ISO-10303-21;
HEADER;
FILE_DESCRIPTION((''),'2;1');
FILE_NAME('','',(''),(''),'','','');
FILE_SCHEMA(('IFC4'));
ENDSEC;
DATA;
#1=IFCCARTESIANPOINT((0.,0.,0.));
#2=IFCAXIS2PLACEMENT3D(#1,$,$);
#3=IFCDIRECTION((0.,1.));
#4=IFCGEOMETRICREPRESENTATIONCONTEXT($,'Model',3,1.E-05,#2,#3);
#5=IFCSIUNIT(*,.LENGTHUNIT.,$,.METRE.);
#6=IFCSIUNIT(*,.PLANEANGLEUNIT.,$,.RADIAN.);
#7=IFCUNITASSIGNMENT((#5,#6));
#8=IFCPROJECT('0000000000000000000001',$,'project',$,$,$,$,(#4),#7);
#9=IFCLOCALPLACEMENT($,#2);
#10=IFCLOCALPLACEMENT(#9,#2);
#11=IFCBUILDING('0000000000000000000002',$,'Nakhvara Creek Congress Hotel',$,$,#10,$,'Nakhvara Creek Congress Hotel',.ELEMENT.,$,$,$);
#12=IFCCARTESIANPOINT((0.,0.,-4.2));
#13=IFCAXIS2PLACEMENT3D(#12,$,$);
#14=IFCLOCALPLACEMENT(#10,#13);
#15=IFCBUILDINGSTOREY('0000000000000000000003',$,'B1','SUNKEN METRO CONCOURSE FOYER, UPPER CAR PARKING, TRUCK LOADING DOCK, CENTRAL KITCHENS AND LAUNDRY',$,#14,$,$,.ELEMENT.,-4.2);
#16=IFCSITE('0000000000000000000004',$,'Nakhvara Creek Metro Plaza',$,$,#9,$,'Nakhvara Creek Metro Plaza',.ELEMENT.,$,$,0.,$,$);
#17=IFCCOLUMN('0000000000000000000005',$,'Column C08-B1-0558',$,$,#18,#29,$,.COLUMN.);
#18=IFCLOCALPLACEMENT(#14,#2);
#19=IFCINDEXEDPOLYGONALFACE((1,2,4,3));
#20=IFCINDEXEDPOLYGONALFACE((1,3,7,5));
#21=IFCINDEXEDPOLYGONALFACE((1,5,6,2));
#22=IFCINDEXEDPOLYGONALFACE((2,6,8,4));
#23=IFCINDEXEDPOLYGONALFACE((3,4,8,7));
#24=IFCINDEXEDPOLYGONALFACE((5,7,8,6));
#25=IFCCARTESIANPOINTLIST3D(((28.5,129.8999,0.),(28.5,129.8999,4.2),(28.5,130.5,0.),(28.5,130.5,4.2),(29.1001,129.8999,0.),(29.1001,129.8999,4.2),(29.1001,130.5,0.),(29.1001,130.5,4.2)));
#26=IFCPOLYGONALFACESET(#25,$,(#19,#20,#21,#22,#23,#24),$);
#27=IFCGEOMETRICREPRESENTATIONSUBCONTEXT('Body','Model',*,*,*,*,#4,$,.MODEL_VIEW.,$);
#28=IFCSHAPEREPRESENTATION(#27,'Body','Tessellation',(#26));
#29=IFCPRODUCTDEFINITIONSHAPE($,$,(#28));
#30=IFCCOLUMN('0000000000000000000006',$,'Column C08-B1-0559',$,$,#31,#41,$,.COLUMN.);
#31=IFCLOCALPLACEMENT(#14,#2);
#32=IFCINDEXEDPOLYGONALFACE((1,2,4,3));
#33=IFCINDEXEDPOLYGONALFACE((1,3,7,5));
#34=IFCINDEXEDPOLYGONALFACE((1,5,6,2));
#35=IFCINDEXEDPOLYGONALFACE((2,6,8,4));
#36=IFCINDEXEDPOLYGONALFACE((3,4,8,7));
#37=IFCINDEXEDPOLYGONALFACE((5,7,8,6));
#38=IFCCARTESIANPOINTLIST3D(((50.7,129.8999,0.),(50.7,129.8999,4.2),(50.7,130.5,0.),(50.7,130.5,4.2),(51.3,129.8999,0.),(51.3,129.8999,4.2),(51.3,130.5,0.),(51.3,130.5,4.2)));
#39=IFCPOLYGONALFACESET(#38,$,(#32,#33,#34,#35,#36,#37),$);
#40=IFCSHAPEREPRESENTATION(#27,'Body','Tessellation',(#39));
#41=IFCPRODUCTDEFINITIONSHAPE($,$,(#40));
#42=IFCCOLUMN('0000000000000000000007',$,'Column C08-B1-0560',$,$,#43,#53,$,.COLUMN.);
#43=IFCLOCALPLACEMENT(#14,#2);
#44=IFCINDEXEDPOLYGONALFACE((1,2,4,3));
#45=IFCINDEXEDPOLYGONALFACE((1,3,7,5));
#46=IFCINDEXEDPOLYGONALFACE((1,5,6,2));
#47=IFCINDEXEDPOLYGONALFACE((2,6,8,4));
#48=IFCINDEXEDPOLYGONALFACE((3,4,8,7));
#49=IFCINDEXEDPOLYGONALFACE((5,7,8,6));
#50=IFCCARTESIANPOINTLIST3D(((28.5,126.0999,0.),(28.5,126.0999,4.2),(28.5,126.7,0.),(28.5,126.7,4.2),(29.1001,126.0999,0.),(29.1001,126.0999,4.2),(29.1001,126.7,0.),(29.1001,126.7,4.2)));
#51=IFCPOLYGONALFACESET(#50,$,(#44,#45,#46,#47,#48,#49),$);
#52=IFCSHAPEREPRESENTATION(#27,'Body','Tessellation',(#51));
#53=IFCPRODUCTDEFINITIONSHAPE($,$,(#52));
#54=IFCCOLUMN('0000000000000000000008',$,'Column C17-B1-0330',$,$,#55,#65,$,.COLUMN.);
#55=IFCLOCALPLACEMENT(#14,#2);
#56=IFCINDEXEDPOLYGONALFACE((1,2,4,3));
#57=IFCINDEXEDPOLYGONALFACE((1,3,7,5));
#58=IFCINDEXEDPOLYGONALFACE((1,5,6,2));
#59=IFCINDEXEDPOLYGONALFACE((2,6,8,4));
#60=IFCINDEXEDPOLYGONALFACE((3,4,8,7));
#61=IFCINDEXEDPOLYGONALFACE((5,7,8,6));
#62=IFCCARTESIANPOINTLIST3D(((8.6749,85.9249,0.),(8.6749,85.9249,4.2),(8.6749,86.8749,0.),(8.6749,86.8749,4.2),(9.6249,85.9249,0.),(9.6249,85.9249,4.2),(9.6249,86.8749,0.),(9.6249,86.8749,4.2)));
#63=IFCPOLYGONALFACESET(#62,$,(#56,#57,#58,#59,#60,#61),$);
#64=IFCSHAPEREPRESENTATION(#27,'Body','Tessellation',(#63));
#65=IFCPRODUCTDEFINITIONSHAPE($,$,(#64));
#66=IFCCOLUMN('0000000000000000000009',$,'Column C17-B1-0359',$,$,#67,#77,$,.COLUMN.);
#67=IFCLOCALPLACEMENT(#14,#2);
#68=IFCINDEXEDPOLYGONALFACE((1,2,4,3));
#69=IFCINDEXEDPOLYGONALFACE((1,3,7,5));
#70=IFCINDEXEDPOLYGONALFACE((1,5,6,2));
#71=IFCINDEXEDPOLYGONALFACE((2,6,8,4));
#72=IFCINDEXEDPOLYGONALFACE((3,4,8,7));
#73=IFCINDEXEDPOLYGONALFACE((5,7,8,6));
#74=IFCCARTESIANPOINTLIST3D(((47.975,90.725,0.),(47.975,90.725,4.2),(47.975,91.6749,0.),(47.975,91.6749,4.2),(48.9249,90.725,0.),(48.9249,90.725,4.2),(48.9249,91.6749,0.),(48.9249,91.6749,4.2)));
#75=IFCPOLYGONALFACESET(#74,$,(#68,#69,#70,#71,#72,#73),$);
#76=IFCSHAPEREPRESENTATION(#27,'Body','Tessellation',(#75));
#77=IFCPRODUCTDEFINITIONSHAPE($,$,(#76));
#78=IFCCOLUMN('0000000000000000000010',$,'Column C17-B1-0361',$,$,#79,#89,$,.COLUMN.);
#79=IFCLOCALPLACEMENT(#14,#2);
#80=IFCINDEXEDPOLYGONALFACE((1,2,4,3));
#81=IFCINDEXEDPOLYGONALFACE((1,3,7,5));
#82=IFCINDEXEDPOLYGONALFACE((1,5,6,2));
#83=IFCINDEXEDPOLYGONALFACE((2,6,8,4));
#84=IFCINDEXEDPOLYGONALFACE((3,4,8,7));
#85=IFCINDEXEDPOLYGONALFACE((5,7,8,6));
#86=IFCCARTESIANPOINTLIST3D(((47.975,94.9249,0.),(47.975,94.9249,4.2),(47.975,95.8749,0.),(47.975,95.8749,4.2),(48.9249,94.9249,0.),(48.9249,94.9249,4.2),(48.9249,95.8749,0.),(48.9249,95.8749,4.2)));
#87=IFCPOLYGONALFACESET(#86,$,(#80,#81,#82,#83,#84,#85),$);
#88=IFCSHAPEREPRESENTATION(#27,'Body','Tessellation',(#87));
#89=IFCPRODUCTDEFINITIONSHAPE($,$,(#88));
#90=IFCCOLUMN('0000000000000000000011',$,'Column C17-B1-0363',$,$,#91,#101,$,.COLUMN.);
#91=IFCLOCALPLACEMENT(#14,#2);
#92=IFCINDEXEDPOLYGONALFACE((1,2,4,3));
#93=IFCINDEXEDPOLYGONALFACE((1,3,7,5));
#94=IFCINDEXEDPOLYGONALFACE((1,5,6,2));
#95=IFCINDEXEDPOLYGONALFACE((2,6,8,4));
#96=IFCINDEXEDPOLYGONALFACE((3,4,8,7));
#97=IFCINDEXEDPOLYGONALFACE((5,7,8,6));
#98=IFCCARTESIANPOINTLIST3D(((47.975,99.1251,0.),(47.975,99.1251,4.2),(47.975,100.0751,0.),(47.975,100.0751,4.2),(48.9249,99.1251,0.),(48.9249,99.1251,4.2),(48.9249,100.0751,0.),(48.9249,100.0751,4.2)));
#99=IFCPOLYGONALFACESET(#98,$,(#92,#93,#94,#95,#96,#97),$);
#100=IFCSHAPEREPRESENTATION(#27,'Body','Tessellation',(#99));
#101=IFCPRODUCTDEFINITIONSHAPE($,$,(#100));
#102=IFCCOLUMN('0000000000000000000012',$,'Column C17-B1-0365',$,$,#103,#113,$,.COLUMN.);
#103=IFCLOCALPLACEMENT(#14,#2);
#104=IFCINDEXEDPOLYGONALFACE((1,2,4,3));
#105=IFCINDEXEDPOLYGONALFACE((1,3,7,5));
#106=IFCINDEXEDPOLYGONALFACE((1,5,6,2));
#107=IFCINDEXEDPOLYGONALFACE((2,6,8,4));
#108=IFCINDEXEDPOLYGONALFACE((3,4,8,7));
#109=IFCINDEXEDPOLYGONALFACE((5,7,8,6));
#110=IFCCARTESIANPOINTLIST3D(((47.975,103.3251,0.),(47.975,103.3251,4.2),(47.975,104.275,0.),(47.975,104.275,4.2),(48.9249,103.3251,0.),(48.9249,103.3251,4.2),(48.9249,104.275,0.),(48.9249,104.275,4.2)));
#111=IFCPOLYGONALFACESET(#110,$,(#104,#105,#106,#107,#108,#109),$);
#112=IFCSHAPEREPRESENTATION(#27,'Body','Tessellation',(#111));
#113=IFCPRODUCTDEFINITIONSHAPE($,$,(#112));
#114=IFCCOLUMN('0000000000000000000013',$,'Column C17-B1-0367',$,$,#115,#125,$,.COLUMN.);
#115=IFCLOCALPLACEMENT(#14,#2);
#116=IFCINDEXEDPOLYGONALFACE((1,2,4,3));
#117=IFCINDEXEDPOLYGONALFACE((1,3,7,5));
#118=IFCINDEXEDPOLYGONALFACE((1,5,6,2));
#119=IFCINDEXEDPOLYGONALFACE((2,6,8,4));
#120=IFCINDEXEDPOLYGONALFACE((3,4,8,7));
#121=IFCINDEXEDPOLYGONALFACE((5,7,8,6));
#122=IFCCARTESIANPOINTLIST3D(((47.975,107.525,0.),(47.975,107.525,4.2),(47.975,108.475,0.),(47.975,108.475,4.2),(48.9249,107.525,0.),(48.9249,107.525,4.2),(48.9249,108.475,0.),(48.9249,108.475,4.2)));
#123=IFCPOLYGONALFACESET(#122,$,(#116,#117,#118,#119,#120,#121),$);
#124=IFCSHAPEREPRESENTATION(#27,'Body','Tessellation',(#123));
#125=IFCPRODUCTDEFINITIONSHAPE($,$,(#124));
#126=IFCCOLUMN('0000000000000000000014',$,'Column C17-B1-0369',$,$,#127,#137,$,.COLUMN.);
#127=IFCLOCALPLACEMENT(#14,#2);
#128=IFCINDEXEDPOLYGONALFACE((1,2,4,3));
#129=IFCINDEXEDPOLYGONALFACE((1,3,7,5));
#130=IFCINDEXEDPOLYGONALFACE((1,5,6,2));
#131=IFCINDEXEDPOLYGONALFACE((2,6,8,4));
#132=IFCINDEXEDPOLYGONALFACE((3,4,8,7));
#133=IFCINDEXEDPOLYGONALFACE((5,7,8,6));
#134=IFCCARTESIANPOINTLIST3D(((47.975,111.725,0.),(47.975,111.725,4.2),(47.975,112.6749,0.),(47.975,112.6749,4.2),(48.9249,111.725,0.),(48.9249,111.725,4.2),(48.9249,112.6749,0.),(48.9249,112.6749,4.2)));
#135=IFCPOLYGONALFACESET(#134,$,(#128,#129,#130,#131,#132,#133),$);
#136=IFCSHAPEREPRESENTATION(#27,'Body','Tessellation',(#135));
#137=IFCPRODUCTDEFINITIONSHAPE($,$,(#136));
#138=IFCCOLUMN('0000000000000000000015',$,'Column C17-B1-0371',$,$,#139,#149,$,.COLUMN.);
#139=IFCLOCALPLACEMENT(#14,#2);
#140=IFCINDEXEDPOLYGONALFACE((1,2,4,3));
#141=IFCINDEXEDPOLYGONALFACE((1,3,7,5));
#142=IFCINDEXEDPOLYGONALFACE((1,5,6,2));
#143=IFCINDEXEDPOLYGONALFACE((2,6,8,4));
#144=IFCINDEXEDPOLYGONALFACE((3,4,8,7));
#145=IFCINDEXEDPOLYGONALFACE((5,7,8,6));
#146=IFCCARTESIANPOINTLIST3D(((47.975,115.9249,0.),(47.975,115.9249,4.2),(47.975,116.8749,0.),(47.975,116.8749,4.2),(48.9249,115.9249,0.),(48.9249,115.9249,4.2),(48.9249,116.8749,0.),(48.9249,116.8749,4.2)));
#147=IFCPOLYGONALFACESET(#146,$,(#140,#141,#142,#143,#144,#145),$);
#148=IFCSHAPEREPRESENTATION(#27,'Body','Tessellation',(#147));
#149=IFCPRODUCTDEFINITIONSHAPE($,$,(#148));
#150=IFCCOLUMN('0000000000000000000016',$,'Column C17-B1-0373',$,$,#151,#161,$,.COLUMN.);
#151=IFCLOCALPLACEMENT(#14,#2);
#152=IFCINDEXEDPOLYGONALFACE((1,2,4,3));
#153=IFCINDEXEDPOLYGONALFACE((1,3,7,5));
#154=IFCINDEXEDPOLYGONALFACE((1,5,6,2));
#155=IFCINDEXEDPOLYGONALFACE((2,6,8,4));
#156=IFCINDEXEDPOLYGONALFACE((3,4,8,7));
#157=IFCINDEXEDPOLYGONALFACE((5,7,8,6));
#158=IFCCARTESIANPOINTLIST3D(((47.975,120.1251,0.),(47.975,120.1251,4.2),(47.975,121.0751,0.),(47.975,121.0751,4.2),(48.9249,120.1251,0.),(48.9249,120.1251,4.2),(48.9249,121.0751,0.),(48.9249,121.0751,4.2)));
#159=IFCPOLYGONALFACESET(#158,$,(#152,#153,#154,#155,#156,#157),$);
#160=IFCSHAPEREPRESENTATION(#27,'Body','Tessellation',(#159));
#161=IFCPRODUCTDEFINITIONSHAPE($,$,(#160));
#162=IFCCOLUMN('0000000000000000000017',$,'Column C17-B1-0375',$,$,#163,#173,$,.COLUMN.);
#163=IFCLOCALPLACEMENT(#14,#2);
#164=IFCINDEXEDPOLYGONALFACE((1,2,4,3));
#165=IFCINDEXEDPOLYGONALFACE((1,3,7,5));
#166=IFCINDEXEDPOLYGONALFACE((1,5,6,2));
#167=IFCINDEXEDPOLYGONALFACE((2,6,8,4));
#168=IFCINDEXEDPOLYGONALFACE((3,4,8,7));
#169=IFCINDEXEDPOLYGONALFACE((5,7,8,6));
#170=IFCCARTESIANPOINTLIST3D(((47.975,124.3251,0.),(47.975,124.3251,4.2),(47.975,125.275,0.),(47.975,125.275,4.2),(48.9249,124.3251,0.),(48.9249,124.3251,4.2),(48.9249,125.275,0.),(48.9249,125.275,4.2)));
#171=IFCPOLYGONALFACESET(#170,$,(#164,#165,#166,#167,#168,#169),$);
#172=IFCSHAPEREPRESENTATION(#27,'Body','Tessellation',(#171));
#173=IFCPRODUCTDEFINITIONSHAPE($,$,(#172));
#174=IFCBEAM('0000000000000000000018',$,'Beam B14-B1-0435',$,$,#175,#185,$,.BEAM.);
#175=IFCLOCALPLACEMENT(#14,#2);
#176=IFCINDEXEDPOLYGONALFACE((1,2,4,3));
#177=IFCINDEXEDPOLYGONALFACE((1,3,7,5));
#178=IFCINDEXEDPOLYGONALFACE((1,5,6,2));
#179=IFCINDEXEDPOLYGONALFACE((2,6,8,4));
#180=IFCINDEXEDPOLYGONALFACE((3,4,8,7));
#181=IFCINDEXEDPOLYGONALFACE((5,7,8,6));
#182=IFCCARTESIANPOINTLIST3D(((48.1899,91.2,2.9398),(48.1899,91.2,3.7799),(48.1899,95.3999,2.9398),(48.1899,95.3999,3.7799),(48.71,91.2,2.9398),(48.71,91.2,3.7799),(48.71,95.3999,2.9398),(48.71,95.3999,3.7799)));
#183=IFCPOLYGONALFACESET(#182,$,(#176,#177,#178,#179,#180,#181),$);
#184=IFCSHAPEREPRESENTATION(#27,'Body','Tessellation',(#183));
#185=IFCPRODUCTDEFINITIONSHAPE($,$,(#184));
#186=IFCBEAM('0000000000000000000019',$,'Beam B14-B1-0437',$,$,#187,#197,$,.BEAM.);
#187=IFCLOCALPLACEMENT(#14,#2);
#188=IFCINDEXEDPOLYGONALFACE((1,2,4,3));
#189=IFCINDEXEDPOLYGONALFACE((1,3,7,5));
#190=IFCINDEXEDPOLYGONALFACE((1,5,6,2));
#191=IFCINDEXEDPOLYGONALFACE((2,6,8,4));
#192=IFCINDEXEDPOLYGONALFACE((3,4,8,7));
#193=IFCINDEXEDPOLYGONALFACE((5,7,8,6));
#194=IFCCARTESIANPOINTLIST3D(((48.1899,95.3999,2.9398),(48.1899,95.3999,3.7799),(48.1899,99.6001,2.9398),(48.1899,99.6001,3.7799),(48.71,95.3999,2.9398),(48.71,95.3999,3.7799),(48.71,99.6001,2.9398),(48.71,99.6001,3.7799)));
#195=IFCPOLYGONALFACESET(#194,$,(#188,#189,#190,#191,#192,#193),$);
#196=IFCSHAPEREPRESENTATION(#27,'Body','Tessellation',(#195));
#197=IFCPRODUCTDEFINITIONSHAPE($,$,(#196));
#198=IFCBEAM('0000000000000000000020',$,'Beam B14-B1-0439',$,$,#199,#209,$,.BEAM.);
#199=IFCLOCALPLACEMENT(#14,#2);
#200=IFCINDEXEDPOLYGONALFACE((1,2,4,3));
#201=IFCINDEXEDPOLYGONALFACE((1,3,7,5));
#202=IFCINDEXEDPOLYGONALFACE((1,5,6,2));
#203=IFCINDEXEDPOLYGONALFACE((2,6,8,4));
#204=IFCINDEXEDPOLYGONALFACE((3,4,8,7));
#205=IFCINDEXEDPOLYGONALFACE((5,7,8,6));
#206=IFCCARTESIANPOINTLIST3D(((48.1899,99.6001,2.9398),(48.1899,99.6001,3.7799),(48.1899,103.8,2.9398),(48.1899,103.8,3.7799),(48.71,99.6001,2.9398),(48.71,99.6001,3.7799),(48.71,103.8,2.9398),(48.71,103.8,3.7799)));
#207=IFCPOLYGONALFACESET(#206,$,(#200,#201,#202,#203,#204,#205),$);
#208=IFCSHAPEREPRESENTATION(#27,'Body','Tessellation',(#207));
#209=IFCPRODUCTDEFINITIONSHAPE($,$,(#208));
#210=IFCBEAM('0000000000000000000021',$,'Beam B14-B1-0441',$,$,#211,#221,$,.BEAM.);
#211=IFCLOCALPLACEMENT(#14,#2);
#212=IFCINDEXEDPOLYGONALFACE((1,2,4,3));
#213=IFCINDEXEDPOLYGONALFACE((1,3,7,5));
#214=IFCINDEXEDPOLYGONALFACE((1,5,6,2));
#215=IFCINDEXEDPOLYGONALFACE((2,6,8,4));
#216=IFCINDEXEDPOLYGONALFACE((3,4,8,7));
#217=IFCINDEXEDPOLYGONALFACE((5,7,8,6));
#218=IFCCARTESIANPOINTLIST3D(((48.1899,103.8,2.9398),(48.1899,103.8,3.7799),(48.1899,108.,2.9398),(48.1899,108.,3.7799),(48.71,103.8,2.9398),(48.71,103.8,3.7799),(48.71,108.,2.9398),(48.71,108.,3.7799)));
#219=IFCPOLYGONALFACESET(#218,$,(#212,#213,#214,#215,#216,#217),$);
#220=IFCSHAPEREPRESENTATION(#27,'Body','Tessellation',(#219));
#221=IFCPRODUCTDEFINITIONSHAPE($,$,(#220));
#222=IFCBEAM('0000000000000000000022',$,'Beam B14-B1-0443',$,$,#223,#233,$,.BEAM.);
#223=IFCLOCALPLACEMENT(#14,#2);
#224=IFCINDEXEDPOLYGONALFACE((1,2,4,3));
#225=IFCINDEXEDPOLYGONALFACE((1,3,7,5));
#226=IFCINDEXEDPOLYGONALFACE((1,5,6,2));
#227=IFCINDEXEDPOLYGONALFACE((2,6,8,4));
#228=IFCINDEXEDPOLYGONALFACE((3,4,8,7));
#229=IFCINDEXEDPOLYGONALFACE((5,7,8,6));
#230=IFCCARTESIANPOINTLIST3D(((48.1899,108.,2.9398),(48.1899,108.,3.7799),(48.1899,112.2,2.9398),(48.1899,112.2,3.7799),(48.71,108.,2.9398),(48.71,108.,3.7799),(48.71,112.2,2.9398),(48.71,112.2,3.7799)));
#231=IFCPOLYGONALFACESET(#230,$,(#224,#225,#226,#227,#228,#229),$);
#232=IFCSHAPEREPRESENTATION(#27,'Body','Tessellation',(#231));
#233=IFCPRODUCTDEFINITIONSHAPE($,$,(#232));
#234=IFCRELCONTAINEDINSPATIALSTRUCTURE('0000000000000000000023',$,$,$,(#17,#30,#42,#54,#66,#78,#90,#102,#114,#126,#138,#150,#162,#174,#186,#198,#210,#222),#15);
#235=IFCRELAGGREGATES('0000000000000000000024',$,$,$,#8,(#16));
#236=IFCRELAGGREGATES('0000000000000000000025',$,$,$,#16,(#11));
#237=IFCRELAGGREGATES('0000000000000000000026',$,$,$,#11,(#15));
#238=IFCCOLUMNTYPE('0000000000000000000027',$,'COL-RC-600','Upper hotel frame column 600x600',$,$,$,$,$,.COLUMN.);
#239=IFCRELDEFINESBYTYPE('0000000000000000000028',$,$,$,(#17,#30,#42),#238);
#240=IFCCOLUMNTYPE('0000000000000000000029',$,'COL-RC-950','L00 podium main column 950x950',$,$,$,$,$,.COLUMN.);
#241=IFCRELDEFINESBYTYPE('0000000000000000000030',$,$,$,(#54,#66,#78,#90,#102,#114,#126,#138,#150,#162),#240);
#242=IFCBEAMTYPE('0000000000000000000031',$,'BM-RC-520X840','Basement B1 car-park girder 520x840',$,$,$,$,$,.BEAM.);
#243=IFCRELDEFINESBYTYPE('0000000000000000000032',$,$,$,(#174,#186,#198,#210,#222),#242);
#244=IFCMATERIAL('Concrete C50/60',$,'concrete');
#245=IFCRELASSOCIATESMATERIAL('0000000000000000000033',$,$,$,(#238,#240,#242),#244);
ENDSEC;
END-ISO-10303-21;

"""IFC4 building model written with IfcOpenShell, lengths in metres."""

from ifc_helpers import new_model, si_unit, direction, frame, origin, origin_2d, place, context, subcontext, project, spatial, rectangle, extrude, material, material_profile, profile_set, type_object, element, save


model = new_model("IFC4")

# Units and contexts
model_context = context("Model", 3, precision=1e-05, world=origin(), true_north=direction((0.0, 1.0)))
body_context = subcontext(model_context, "Body", "Model", "MODEL_VIEW")
ifc_project = project(units=[si_unit("LENGTHUNIT", "METRE"), si_unit("PLANEANGLEUNIT", "RADIAN")], contexts=[model_context])

# Site, building, storey
site_placement = place(None, origin())
site = spatial("IfcSite", under=ifc_project, at=site_placement, Name="Nakhvara Creek Metro Plaza", LongName="Nakhvara Creek Metro Plaza", CompositionType="ELEMENT", RefElevation=0.0)
building_placement = place(site_placement, origin())
building = spatial("IfcBuilding", under=site, at=building_placement, Name="Nakhvara Creek Congress Hotel", LongName="Nakhvara Creek Congress Hotel", CompositionType="ELEMENT")
storey_placement = place(building_placement, frame((0.0, 0.0, -4.2)))
storey = spatial("IfcBuildingStorey", under=building, at=storey_placement, Name="B1", Description="SUNKEN METRO CONCOURSE FOYER, UPPER CAR PARKING, TRUCK LOADING DOCK, CENTRAL KITCHENS AND LAUNDRY", CompositionType="ELEMENT", Elevation=-4.2)

# Columns
ifc_material_1 = material(Name="Concrete C50/60", Category="concrete")
ifc_material_profile_1 = material_profile(ifc_material_1, rectangle(XDim=0.6001, YDim=0.6001, at=origin_2d()), Name="RC-COL 600x600", Category="LoadBearing")
ifc_profile_set_1 = profile_set([ifc_material_profile_1], Name="Concrete C50/60")
column_type_1 = type_object("IfcColumnType", Name="COL-RC-600", Description="Upper hotel frame column 600x600", PredefinedType="COLUMN", material=ifc_profile_set_1)
for number, where, z_axis, x_axis, name in (
    (1, (28.8, 130.2, 0.0), (0.0, 0.0, 1.0), (1.0, 0.0, 0.0), "Column C08-B1-0558"),
    (2, (51.0, 130.2, 0.0), (0.0, 0.0, 1.0), (1.0, 0.0, 0.0), "Column C08-B1-0559"),
    (3, (28.8, 126.3999, 0.0), (0.0, 0.0, 1.0), (1.0, 0.0, 0.0), "Column C08-B1-0560"),
):
    element("IfcColumn", number, at=place(storey_placement, frame(where, z_axis=z_axis, x_axis=x_axis)), inside=storey, type_object=column_type_1, Name=name, PredefinedType="COLUMN", context=body_context, shape_type="SweptSolid", body=[
        extrude(rectangle(XDim=0.6001, YDim=0.6001, at=origin_2d()), origin(), (0.0, 0.0, 1.0), 4.2),
    ])
ifc_material_profile_2 = material_profile(ifc_material_1, rectangle(XDim=0.95, YDim=0.95, at=origin_2d()), Name="RC-COL 950x950", Category="LoadBearing")
ifc_profile_set_2 = profile_set([ifc_material_profile_2], Name="Concrete C50/60")
column_type_2 = type_object("IfcColumnType", Name="COL-RC-950", Description="L00 podium main column 950x950", PredefinedType="COLUMN", material=ifc_profile_set_2)
for number, where, z_axis, x_axis, name in (
    (4, (9.1499, 86.3999, 0.0), (0.0, 0.0, 1.0), (1.0, 0.0, 0.0), "Column C17-B1-0330"),
    (5, (48.45, 91.2, 0.0), (0.0, 0.0, 1.0), (1.0, 0.0, 0.0), "Column C17-B1-0359"),
    (6, (48.45, 95.3999, 0.0), (0.0, 0.0, 1.0), (1.0, 0.0, 0.0), "Column C17-B1-0361"),
    (7, (48.45, 99.6001, 0.0), (0.0, 0.0, 1.0), (1.0, 0.0, 0.0), "Column C17-B1-0363"),
    (8, (48.45, 103.8, 0.0), (0.0, 0.0, 1.0), (1.0, 0.0, 0.0), "Column C17-B1-0365"),
    (9, (48.45, 108.0, 0.0), (0.0, 0.0, 1.0), (1.0, 0.0, 0.0), "Column C17-B1-0367"),
    (10, (48.45, 112.2, 0.0), (0.0, 0.0, 1.0), (1.0, 0.0, 0.0), "Column C17-B1-0369"),
    (11, (48.45, 116.3999, 0.0), (0.0, 0.0, 1.0), (1.0, 0.0, 0.0), "Column C17-B1-0371"),
    (12, (48.45, 120.6001, 0.0), (0.0, 0.0, 1.0), (1.0, 0.0, 0.0), "Column C17-B1-0373"),
    (13, (48.45, 124.8, 0.0), (0.0, 0.0, 1.0), (1.0, 0.0, 0.0), "Column C17-B1-0375"),
):
    element("IfcColumn", number, at=place(storey_placement, frame(where, z_axis=z_axis, x_axis=x_axis)), inside=storey, type_object=column_type_2, Name=name, PredefinedType="COLUMN", context=body_context, shape_type="SweptSolid", body=[
        extrude(rectangle(XDim=0.95, YDim=0.95, at=origin_2d()), origin(), (0.0, 0.0, 1.0), 4.2),
    ])

# Beams
ifc_material_profile_3 = material_profile(ifc_material_1, rectangle(XDim=0.52, YDim=0.8401, at=origin_2d()), Name="RC-BM 520x840", Category="LoadBearing")
ifc_profile_set_3 = profile_set([ifc_material_profile_3], Name="Concrete C50/60")
beam_type = type_object("IfcBeamType", Name="BM-RC-520X840", Description="Basement B1 car-park girder 520x840", PredefinedType="BEAM", material=ifc_profile_set_3)
beam_1_placement = place(storey_placement, frame((48.45, 91.2, 3.3599), z_axis=(0.0, 1.0, 0.0), x_axis=(-1.0, 0.0, 0.0)))
element("IfcBeam", 14, at=beam_1_placement, inside=storey, type_object=beam_type, Name="Beam B14-B1-0435", PredefinedType="BEAM", context=body_context, shape_type="SweptSolid", body=[
    extrude(rectangle(XDim=0.52, YDim=0.8401, at=origin_2d()), origin(), (0.0, 0.0, 1.0), 4.2),
])
beam_2_placement = place(storey_placement, frame((48.45, 95.3999, 3.3599), z_axis=(0.0, 1.0, 0.0), x_axis=(-1.0, 0.0, 0.0)))
element("IfcBeam", 15, at=beam_2_placement, inside=storey, type_object=beam_type, Name="Beam B14-B1-0437", PredefinedType="BEAM", context=body_context, shape_type="SweptSolid", body=[
    extrude(rectangle(XDim=0.52, YDim=0.8401, at=origin_2d()), origin(), (0.0, 0.0, 1.0), 4.2002),
])
for number, where, z_axis, x_axis, name in (
    (16, (48.45, 99.6001, 3.3599), (0.0, 1.0, 0.0), (-1.0, 0.0, 0.0), "Beam B14-B1-0439"),
    (17, (48.45, 103.8, 3.3599), (0.0, 1.0, 0.0), (-1.0, 0.0, 0.0), "Beam B14-B1-0441"),
    (18, (48.45, 108.0, 3.3599), (0.0, 1.0, 0.0), (-1.0, 0.0, 0.0), "Beam B14-B1-0443"),
):
    element("IfcBeam", number, at=place(storey_placement, frame(where, z_axis=z_axis, x_axis=x_axis)), inside=storey, type_object=beam_type, Name=name, PredefinedType="BEAM", context=body_context, shape_type="SweptSolid", body=[
        extrude(rectangle(XDim=0.52, YDim=0.8401, at=origin_2d()), origin(), (0.0, 0.0, 1.0), 4.2),
    ])

save(model, "model.ifc")
